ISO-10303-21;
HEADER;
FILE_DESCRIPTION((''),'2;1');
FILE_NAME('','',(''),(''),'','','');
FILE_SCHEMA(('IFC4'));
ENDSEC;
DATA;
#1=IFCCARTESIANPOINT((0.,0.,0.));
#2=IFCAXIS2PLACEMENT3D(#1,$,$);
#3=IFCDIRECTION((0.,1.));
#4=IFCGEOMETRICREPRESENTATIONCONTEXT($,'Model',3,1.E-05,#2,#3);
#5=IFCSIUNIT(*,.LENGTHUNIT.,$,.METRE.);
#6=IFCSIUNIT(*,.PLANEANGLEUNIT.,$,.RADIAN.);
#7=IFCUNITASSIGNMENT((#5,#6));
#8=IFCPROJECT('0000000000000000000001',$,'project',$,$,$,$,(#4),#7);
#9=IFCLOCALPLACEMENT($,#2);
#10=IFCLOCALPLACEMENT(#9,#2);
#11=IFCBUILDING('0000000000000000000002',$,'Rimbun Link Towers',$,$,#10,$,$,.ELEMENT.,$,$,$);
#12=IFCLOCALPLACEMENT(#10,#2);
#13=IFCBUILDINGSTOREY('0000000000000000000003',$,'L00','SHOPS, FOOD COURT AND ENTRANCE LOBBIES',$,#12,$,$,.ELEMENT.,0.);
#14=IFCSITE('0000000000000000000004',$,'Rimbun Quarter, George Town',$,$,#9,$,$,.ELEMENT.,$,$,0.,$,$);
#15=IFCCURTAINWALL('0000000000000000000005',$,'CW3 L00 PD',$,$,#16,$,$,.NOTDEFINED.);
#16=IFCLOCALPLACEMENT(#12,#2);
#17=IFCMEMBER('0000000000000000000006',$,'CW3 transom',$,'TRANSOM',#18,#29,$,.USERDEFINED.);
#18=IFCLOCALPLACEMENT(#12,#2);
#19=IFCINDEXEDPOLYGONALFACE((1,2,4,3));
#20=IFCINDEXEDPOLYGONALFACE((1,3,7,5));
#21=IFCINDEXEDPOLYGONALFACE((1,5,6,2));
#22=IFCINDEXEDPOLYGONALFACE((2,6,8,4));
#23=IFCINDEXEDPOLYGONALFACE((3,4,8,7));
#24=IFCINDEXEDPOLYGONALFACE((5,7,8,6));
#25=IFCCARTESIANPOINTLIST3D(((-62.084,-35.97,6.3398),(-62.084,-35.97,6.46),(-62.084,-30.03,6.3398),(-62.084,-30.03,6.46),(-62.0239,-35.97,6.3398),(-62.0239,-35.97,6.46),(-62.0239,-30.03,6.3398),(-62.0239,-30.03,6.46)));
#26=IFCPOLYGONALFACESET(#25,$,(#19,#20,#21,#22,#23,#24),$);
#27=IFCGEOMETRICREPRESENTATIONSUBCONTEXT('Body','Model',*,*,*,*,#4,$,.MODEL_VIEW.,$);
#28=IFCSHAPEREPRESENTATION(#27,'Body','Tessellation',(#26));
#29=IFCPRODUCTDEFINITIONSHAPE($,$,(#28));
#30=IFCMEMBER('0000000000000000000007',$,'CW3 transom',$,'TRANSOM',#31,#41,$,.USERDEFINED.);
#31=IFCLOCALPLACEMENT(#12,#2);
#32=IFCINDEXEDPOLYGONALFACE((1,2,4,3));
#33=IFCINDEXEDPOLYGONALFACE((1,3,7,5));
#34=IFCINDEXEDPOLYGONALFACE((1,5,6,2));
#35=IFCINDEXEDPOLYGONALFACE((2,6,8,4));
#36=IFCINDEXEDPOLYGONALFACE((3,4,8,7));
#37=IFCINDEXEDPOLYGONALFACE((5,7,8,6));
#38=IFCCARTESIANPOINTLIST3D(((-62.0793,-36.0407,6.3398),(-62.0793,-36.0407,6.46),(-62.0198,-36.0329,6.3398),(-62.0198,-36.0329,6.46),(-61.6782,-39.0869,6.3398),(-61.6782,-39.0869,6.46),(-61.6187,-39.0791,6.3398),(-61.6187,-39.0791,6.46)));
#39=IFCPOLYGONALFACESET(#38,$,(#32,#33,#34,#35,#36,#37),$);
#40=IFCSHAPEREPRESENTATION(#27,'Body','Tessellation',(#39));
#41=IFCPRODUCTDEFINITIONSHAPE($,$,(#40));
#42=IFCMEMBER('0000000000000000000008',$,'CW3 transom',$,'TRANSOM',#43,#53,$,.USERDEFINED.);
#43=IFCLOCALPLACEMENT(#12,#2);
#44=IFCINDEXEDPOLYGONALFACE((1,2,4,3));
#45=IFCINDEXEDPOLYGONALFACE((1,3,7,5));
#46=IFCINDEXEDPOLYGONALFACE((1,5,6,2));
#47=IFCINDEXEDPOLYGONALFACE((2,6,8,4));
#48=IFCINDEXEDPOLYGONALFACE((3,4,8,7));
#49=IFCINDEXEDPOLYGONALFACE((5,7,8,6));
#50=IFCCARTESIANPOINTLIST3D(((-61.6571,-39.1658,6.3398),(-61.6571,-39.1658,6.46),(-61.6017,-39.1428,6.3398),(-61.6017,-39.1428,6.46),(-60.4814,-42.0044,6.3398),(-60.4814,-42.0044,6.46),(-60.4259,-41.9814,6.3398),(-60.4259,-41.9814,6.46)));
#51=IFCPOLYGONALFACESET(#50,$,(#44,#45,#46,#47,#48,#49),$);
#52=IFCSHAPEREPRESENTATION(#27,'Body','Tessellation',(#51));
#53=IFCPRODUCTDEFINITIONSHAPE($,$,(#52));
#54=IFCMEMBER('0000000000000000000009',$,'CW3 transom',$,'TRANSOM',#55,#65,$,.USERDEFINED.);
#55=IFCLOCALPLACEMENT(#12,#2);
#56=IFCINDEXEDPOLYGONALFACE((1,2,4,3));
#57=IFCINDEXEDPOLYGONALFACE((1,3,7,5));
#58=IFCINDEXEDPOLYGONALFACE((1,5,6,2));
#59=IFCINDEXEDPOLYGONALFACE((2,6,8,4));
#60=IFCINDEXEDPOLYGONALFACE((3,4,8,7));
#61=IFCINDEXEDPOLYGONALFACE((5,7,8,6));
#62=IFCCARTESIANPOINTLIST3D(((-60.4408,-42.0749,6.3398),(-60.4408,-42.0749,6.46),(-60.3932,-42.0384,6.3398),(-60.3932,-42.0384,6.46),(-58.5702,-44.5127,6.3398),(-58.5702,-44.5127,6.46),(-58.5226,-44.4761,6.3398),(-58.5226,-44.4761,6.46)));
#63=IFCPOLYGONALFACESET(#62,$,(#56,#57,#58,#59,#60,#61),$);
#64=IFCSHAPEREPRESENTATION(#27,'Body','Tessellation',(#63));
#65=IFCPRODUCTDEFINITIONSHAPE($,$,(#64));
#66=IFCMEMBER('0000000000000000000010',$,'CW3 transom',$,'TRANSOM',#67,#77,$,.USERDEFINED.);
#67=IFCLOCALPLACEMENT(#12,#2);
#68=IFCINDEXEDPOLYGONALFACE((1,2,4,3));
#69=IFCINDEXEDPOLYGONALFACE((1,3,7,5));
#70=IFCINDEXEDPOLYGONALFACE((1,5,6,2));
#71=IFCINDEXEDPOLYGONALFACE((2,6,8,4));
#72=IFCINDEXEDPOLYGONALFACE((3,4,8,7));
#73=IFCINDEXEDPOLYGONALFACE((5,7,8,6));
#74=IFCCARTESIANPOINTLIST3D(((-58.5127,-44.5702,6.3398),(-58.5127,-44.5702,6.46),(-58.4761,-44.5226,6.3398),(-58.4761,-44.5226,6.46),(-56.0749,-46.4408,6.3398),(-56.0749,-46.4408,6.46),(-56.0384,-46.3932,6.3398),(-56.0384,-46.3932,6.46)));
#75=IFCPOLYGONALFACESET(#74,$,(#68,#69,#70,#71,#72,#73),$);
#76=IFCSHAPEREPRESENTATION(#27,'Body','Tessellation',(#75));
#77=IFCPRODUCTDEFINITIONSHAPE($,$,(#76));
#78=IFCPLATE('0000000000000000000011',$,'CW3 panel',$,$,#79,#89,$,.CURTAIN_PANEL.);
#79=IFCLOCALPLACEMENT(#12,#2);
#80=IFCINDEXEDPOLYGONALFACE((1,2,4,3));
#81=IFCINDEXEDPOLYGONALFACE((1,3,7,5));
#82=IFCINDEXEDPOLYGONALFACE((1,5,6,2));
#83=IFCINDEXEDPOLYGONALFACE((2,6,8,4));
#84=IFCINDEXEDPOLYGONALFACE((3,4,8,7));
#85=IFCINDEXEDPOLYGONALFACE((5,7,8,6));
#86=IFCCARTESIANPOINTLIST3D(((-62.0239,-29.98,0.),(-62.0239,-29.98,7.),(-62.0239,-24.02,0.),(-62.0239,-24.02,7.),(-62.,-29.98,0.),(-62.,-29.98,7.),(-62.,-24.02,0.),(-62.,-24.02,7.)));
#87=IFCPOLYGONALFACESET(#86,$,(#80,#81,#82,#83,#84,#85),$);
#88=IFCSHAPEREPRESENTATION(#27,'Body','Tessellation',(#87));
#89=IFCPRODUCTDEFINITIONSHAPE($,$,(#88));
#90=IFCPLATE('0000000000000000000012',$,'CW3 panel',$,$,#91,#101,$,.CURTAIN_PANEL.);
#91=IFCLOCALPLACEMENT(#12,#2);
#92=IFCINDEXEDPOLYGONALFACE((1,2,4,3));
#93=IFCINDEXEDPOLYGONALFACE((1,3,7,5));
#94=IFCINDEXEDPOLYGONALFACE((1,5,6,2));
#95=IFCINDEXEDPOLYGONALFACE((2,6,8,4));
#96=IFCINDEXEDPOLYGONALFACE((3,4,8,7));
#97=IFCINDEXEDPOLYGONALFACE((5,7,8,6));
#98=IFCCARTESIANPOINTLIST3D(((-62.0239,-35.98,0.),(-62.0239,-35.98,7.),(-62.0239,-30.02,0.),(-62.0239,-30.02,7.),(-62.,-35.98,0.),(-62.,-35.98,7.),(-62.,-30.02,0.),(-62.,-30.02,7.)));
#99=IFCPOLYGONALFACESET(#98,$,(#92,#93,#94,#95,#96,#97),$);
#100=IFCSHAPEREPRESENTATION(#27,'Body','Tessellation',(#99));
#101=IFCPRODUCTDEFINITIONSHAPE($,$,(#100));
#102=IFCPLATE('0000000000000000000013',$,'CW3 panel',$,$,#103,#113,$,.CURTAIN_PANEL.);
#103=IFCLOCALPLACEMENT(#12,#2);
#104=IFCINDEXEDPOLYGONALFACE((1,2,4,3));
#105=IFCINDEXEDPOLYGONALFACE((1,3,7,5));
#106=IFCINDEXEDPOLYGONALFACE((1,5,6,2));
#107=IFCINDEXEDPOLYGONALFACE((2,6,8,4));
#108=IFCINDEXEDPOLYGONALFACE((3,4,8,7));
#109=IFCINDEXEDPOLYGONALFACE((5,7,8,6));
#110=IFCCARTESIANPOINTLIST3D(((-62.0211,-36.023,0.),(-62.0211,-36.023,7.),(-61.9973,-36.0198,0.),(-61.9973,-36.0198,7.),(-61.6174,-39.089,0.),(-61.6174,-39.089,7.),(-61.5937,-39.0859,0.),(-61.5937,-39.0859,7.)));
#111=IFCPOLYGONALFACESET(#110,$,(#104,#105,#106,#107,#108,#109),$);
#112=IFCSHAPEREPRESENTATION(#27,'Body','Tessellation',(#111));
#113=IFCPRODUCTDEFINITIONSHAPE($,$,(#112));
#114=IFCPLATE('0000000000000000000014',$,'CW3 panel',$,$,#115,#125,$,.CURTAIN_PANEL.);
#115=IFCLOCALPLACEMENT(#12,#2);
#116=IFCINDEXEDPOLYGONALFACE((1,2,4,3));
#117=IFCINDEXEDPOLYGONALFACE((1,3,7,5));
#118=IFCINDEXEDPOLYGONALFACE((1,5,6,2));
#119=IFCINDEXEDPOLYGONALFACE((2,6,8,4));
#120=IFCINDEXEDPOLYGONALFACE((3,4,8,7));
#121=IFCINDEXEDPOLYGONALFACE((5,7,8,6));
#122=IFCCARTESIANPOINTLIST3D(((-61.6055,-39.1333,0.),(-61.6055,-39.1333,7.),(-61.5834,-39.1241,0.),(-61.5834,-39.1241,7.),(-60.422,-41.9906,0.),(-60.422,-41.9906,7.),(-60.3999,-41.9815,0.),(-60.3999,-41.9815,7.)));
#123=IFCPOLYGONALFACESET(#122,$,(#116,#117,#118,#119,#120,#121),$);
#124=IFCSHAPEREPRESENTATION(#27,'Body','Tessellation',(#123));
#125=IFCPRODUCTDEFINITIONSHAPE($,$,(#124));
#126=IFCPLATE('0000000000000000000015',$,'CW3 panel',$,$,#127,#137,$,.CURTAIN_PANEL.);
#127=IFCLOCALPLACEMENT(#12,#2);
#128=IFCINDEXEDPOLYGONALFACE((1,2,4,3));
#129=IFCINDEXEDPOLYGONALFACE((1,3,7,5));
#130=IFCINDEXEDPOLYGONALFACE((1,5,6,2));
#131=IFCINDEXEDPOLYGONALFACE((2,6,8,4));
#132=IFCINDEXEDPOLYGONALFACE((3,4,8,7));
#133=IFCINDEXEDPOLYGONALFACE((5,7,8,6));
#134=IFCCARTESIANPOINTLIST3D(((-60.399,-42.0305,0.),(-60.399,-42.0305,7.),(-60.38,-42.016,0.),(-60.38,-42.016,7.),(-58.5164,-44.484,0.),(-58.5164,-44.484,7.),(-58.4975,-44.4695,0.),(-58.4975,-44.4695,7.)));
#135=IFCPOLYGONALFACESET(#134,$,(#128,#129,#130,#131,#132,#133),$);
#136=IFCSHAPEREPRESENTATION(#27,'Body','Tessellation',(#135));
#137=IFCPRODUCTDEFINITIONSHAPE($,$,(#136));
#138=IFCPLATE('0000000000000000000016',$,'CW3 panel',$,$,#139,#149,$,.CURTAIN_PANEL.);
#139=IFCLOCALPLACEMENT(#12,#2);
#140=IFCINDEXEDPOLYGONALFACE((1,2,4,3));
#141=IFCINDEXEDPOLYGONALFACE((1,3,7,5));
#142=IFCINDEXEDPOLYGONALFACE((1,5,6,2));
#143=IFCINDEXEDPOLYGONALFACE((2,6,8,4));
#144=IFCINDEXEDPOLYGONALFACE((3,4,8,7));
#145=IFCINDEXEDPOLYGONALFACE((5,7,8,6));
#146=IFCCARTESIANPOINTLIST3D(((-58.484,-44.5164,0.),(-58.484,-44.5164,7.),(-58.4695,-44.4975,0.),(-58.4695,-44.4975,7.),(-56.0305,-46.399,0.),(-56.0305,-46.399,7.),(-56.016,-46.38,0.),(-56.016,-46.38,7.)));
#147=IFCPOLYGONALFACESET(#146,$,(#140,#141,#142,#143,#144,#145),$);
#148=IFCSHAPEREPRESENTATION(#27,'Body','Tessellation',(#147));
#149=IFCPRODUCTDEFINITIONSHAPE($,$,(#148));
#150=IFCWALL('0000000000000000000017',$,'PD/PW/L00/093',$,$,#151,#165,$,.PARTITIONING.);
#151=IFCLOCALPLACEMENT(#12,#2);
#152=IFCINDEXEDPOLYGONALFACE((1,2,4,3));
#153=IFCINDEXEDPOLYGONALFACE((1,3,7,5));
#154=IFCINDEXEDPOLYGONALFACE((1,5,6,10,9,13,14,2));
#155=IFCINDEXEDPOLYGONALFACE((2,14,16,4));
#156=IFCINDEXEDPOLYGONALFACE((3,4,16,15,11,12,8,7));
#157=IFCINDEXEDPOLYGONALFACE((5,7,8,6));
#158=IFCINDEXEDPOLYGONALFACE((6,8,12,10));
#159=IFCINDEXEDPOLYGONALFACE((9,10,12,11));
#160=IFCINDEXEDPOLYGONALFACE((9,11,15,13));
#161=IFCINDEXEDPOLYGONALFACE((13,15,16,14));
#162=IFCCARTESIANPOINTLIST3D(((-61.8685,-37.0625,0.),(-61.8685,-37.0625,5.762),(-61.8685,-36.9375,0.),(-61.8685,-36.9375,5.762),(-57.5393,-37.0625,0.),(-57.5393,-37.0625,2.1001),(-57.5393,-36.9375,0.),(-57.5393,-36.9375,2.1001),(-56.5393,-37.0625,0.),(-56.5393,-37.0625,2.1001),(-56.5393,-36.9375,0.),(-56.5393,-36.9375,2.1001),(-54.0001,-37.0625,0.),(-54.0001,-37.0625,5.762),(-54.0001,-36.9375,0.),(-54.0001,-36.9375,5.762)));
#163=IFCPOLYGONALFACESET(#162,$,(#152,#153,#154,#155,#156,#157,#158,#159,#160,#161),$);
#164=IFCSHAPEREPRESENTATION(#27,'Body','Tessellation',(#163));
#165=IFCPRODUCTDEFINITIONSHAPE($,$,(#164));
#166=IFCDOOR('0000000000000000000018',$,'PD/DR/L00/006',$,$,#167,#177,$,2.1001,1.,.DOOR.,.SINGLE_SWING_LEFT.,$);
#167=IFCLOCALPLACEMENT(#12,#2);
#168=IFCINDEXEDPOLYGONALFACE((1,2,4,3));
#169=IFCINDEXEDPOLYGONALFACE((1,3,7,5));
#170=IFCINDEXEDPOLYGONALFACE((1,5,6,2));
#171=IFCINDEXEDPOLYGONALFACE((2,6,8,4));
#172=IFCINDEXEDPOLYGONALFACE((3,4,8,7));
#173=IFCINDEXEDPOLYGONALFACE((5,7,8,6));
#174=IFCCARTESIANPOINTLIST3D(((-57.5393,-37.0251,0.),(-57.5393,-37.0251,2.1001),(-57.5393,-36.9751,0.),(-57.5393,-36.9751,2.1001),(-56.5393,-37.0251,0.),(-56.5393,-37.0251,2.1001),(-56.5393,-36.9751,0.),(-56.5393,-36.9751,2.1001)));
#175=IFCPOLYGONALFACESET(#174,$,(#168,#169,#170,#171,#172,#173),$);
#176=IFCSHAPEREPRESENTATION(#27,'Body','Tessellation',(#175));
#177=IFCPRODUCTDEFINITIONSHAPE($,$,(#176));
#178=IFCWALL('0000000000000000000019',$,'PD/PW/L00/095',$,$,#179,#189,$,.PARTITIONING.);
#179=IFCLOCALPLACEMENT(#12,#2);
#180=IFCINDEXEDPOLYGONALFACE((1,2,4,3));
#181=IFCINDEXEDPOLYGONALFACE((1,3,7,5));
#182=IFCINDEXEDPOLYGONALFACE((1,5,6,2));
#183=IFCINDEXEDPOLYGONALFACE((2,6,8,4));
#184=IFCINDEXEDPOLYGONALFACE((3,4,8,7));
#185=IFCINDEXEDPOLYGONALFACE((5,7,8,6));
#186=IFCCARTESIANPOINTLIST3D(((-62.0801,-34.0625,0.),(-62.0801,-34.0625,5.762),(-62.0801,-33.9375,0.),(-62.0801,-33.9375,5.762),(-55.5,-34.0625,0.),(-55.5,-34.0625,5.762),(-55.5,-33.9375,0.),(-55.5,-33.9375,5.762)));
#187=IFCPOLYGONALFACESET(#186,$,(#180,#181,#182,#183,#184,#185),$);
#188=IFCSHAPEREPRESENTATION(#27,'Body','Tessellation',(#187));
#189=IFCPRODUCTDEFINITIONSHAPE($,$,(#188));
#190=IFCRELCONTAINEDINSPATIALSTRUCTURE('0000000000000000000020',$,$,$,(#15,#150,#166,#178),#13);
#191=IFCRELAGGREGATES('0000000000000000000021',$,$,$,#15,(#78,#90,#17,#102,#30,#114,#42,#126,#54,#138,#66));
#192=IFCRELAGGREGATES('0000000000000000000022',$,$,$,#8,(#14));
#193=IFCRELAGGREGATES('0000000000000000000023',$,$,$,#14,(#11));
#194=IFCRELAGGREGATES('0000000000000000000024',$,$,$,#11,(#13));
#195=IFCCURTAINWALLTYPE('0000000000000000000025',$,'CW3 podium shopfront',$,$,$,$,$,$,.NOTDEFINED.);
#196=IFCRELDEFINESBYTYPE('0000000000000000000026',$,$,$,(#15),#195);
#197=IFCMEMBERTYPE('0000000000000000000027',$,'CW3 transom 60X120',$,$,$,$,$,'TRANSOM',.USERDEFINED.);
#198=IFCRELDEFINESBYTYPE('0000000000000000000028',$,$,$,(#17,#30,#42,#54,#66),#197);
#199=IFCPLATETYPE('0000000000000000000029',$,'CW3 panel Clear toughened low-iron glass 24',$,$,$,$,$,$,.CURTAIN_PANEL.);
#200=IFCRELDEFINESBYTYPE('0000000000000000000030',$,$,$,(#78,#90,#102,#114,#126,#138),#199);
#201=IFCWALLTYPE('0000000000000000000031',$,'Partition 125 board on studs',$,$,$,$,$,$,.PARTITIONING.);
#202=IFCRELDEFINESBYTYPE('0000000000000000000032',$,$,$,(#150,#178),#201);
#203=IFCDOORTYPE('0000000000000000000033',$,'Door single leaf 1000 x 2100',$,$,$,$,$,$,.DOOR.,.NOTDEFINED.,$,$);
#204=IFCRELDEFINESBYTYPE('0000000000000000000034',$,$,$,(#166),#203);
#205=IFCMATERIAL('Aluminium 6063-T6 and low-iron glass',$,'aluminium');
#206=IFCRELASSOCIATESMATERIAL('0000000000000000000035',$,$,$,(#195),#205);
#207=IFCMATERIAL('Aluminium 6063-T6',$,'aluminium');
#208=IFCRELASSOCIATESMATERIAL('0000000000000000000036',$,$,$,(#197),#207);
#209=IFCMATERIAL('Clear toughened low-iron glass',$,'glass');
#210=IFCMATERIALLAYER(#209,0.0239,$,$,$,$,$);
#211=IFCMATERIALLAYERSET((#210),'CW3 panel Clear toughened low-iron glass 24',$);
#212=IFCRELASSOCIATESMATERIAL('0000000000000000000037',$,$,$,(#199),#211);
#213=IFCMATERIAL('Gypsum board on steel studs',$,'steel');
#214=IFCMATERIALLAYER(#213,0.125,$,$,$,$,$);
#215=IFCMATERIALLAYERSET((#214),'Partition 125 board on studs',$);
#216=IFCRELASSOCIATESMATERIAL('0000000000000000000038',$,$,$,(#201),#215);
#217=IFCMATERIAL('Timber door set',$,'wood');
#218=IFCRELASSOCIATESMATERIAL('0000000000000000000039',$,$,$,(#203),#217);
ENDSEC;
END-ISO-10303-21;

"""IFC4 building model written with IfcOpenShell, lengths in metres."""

from ifc_helpers import new_model, si_unit, direction, frame, frame_2d, origin, origin_2d, place, context, subcontext, project, spatial, rectangle, extrude, material, layer, layer_set, material_profile, profile_set, type_object, element, fill, aggregate, save


model = new_model("IFC4")

# Units and contexts
model_context = context("Model", 3, precision=1e-05, world=origin(), true_north=direction((0.0, 1.0)))
body_context = subcontext(model_context, "Body", "Model", "MODEL_VIEW")
ifc_project = project(units=[si_unit("LENGTHUNIT", "METRE"), si_unit("PLANEANGLEUNIT", "RADIAN")], contexts=[model_context])

# Site, building, storey
site_placement = place(None, origin())
site = spatial("IfcSite", under=ifc_project, at=site_placement, Name="Rimbun Quarter, George Town", CompositionType="ELEMENT", RefElevation=0.0)
building_placement = place(site_placement, origin())
building = spatial("IfcBuilding", under=site, at=building_placement, Name="Rimbun Link Towers", CompositionType="ELEMENT")
storey_placement = place(building_placement, origin())
storey = spatial("IfcBuildingStorey", under=building, at=storey_placement, Name="L00", Description="SHOPS, FOOD COURT AND ENTRANCE LOBBIES", CompositionType="ELEMENT", Elevation=0.0)

# Curtain wall, members, plates
ifc_material_1 = material(Name="Aluminium 6063-T6 and low-iron glass", Category="aluminium")
curtain_wall_type = type_object("IfcCurtainWallType", Name="CW3 podium shopfront", PredefinedType="NOTDEFINED", material=ifc_material_1)
curtain_wall_placement = place(storey_placement, origin())
curtain_wall = element("IfcCurtainWall", 1, at=curtain_wall_placement, inside=storey, type_object=curtain_wall_type, Name="CW3 L00 PD", PredefinedType="NOTDEFINED")
ifc_material_2 = material(Name="Aluminium 6063-T6", Category="aluminium")
ifc_material_profile_1 = material_profile(ifc_material_2, rectangle(XDim=0.0601, YDim=0.1201, at=origin_2d()), Name="TRANSOM 60X120")
ifc_profile_set_1 = profile_set([ifc_material_profile_1], Name="Aluminium 6063-T6")
member_type_1 = type_object("IfcMemberType", Name="CW3 transom 60X120", ElementType="TRANSOM", PredefinedType="USERDEFINED", material=ifc_profile_set_1)
member_1_placement = place(storey_placement, frame((-62.054, -35.97, 6.3999), z_axis=(0.0, 1.0, 0.0), x_axis=(-1.0, 0.0, 0.0)))
member_1 = element("IfcMember", 2, at=member_1_placement, type_object=member_type_1, Name="CW3 transom", ObjectType="TRANSOM", PredefinedType="USERDEFINED", context=body_context, shape_type="SweptSolid", body=[
    extrude(rectangle(XDim=0.0601, YDim=0.1201, at=origin_2d()), origin(), (0.0, 0.0, 1.0), 5.9399),
])
member_2_placement = place(storey_placement, frame((-61.6484, -39.083, 6.3999), z_axis=(-0.130555, 0.991441, 0.0), x_axis=(-0.991441, -0.130555, 0.0)))
member_2 = element("IfcMember", 3, at=member_2_placement, type_object=member_type_1, Name="CW3 transom", ObjectType="TRANSOM", PredefinedType="USERDEFINED", context=body_context, shape_type="SweptSolid", body=[
    extrude(rectangle(XDim=0.0601, YDim=0.1201, at=origin_2d()), origin(), (0.0, 0.0, 1.0), 3.0725),
])
member_3_placement = place(storey_placement, frame((-60.4536, -41.9929, 6.3999), z_axis=(-0.382679, 0.923881, 0.0), x_axis=(-0.923881, -0.382679, 0.0)))
member_3 = element("IfcMember", 4, at=member_3_placement, type_object=member_type_1, Name="CW3 transom", ObjectType="TRANSOM", PredefinedType="USERDEFINED", context=body_context, shape_type="SweptSolid", body=[
    extrude(rectangle(XDim=0.0601, YDim=0.1201, at=origin_2d()), origin(), (0.0, 0.0, 1.0), 3.0725),
])
member_4_placement = place(storey_placement, frame((-58.5464, -44.4944, 6.3999), z_axis=(-0.608773, 0.793344, 0.0), x_axis=(-0.793344, -0.608773, 0.0)))
member_4 = element("IfcMember", 5, at=member_4_placement, type_object=member_type_1, Name="CW3 transom", ObjectType="TRANSOM", PredefinedType="USERDEFINED", context=body_context, shape_type="SweptSolid", body=[
    extrude(rectangle(XDim=0.0601, YDim=0.1201, at=origin_2d()), origin(), (0.0, 0.0, 1.0), 3.0728),
])
member_5_placement = place(storey_placement, frame((-56.0566, -46.417, 6.3999), z_axis=(-0.793344, 0.608773, 0.0), x_axis=(-0.608773, -0.793344, 0.0)))
member_5 = element("IfcMember", 6, at=member_5_placement, type_object=member_type_1, Name="CW3 transom", ObjectType="TRANSOM", PredefinedType="USERDEFINED", context=body_context, shape_type="SweptSolid", body=[
    extrude(rectangle(XDim=0.0601, YDim=0.1201, at=origin_2d()), origin(), (0.0, 0.0, 1.0), 3.0728),
])
ifc_material_3 = material(Name="Clear toughened low-iron glass", Category="glass")
ifc_layer_1 = layer(ifc_material_3, 0.0239)
ifc_layer_set_1 = layer_set([ifc_layer_1], Name="CW3 panel Clear toughened low-iron glass 24")
plate_type = type_object("IfcPlateType", Name="CW3 panel Clear toughened low-iron glass 24", PredefinedType="CURTAIN_PANEL", material=ifc_layer_set_1)
plate_1_placement = place(storey_placement, frame((-62.012, -27.0, 0.0), z_axis=(0.0, 0.0, 1.0), x_axis=(0.0, 1.0, 0.0)))
plate_1 = element("IfcPlate", 7, at=plate_1_placement, type_object=plate_type, Name="CW3 panel", PredefinedType="CURTAIN_PANEL", context=body_context, shape_type="SweptSolid", body=[
    extrude(rectangle(XDim=5.96, YDim=0.0239, at=origin_2d()), origin(), (0.0, 0.0, 1.0), 7.0),
])
plate_2_placement = place(storey_placement, frame((-62.012, -33.0, 0.0), z_axis=(0.0, 0.0, 1.0), x_axis=(0.0, 1.0, 0.0)))
plate_2 = element("IfcPlate", 8, at=plate_2_placement, type_object=plate_type, Name="CW3 panel", PredefinedType="CURTAIN_PANEL", context=body_context, shape_type="SweptSolid", body=[
    extrude(rectangle(XDim=5.96, YDim=0.0239, at=origin_2d()), origin(), (0.0, 0.0, 1.0), 7.0),
])
plate_3_placement = place(storey_placement, frame((-61.8074, -37.5544, 0.0), z_axis=(0.0, 0.0, 1.0), x_axis=(-0.13053, 0.991444, 0.0)))
plate_3 = element("IfcPlate", 9, at=plate_3_placement, type_object=plate_type, Name="CW3 panel", PredefinedType="CURTAIN_PANEL", context=body_context, shape_type="SweptSolid", body=[
    extrude(rectangle(XDim=3.0925, YDim=0.0239, at=origin_2d()), origin(), (0.0, 0.0, 1.0), 7.0),
])
plate_4_placement = place(storey_placement, frame((-61.0027, -40.5574, 0.0), z_axis=(0.0, 0.0, 1.0), x_axis=(-0.382679, 0.923881, 0.0)))
plate_4 = element("IfcPlate", 10, at=plate_4_placement, type_object=plate_type, Name="CW3 panel", PredefinedType="CURTAIN_PANEL", context=body_context, shape_type="SweptSolid", body=[
    extrude(rectangle(XDim=3.0928, YDim=0.0239, at=origin_2d()), origin(), (0.0, 0.0, 1.0), 7.0),
])
plate_5_placement = place(storey_placement, frame((-59.4482, -43.25, 0.0), z_axis=(0.0, 0.0, 1.0), x_axis=(-0.608754, 0.793359, 0.0)))
plate_5 = element("IfcPlate", 11, at=plate_5_placement, type_object=plate_type, Name="CW3 panel", PredefinedType="CURTAIN_PANEL", context=body_context, shape_type="SweptSolid", body=[
    extrude(rectangle(XDim=3.0925, YDim=0.0239, at=origin_2d()), origin(), (0.0, 0.0, 1.0), 7.0),
])
plate_6_placement = place(storey_placement, frame((-57.25, -45.4482, 0.0), z_axis=(0.0, 0.0, 1.0), x_axis=(-0.793359, 0.608754, 0.0)))
plate_6 = element("IfcPlate", 12, at=plate_6_placement, type_object=plate_type, Name="CW3 panel", PredefinedType="CURTAIN_PANEL", context=body_context, shape_type="SweptSolid", body=[
    extrude(rectangle(XDim=3.0925, YDim=0.0239, at=origin_2d()), origin(), (0.0, 0.0, 1.0), 7.0),
])
aggregate(curtain_wall, [plate_1, plate_2, member_1, plate_3, member_2, plate_4, member_3, plate_5, member_4, plate_6, member_5])

# Wall, opening, door
ifc_material_4 = material(Name="Gypsum board on steel studs", Category="steel")
ifc_layer_2 = layer(ifc_material_4, 0.125)
ifc_layer_set_2 = layer_set([ifc_layer_2], Name="Partition 125 board on studs")
wall_type = type_object("IfcWallType", Name="Partition 125 board on studs", PredefinedType="PARTITIONING", material=ifc_layer_set_2)
wall_1_placement = place(storey_placement, frame((-61.8684, -37.0, 0.0), z_axis=(0.0, 0.0, 1.0), x_axis=(1.0, 0.0, 0.0)))
wall_1 = element("IfcWall", 13, at=wall_1_placement, inside=storey, type_object=wall_type, Name="PD/PW/L00/093", PredefinedType="PARTITIONING", context=body_context, shape_type="SweptSolid", body=[
    extrude(rectangle(XDim=7.8684, YDim=0.125, at=frame_2d((3.9341, 0.0))), origin(), (0.0, 0.0, 1.0), 5.762),
])
opening_placement = place(wall_1_placement, frame((4.3291, 0.0, 0.0)))
opening = element("IfcOpeningElement", 14, at=opening_placement, cuts=wall_1, PredefinedType="OPENING", context=body_context, shape_type="SweptSolid", body=[
    extrude(rectangle(XDim=1.0, YDim=2.1001, at=frame_2d((0.5, 1.05))), frame((0.0, 0.0725, 0.0), z_axis=(0.0, -1.0, 0.0), x_axis=(1.0, 0.0, 0.0)), (0.0, 0.0, 1.0), 0.145),
])
ifc_material_5 = material(Name="Timber door set", Category="wood")
door_type = type_object("IfcDoorType", Name="Door single leaf 1000 x 2100", OperationType="NOTDEFINED", PredefinedType="DOOR", material=ifc_material_5)
door_placement = place(opening_placement, origin())
door = element("IfcDoor", 15, at=door_placement, inside=storey, type_object=door_type, Name="PD/DR/L00/006", OperationType="SINGLE_SWING_LEFT", OverallHeight=2.1001, OverallWidth=1.0, PredefinedType="DOOR", context=body_context, shape_type="SweptSolid", body=[
    extrude(rectangle(XDim=1.0, YDim=2.1001, at=frame_2d((0.5, 1.05))), frame((0.0, 0.0249, 0.0), z_axis=(0.0, -1.0, 0.0), x_axis=(1.0, 0.0, 0.0)), (0.0, 0.0, 1.0), 0.05),
])
fill(opening, door)

# Wall
wall_2_placement = place(storey_placement, frame((-55.5, -34.0, 0.0), z_axis=(0.0, 0.0, 1.0), x_axis=(-1.0, 0.0, 0.0)))
element("IfcWall", 16, at=wall_2_placement, inside=storey, type_object=wall_type, Name="PD/PW/L00/095", PredefinedType="PARTITIONING", context=body_context, shape_type="SweptSolid", body=[
    extrude(rectangle(XDim=6.5801, YDim=0.125, at=frame_2d((3.29, 0.0))), origin(), (0.0, 0.0, 1.0), 5.762),
])

save(model, "model.ifc")
